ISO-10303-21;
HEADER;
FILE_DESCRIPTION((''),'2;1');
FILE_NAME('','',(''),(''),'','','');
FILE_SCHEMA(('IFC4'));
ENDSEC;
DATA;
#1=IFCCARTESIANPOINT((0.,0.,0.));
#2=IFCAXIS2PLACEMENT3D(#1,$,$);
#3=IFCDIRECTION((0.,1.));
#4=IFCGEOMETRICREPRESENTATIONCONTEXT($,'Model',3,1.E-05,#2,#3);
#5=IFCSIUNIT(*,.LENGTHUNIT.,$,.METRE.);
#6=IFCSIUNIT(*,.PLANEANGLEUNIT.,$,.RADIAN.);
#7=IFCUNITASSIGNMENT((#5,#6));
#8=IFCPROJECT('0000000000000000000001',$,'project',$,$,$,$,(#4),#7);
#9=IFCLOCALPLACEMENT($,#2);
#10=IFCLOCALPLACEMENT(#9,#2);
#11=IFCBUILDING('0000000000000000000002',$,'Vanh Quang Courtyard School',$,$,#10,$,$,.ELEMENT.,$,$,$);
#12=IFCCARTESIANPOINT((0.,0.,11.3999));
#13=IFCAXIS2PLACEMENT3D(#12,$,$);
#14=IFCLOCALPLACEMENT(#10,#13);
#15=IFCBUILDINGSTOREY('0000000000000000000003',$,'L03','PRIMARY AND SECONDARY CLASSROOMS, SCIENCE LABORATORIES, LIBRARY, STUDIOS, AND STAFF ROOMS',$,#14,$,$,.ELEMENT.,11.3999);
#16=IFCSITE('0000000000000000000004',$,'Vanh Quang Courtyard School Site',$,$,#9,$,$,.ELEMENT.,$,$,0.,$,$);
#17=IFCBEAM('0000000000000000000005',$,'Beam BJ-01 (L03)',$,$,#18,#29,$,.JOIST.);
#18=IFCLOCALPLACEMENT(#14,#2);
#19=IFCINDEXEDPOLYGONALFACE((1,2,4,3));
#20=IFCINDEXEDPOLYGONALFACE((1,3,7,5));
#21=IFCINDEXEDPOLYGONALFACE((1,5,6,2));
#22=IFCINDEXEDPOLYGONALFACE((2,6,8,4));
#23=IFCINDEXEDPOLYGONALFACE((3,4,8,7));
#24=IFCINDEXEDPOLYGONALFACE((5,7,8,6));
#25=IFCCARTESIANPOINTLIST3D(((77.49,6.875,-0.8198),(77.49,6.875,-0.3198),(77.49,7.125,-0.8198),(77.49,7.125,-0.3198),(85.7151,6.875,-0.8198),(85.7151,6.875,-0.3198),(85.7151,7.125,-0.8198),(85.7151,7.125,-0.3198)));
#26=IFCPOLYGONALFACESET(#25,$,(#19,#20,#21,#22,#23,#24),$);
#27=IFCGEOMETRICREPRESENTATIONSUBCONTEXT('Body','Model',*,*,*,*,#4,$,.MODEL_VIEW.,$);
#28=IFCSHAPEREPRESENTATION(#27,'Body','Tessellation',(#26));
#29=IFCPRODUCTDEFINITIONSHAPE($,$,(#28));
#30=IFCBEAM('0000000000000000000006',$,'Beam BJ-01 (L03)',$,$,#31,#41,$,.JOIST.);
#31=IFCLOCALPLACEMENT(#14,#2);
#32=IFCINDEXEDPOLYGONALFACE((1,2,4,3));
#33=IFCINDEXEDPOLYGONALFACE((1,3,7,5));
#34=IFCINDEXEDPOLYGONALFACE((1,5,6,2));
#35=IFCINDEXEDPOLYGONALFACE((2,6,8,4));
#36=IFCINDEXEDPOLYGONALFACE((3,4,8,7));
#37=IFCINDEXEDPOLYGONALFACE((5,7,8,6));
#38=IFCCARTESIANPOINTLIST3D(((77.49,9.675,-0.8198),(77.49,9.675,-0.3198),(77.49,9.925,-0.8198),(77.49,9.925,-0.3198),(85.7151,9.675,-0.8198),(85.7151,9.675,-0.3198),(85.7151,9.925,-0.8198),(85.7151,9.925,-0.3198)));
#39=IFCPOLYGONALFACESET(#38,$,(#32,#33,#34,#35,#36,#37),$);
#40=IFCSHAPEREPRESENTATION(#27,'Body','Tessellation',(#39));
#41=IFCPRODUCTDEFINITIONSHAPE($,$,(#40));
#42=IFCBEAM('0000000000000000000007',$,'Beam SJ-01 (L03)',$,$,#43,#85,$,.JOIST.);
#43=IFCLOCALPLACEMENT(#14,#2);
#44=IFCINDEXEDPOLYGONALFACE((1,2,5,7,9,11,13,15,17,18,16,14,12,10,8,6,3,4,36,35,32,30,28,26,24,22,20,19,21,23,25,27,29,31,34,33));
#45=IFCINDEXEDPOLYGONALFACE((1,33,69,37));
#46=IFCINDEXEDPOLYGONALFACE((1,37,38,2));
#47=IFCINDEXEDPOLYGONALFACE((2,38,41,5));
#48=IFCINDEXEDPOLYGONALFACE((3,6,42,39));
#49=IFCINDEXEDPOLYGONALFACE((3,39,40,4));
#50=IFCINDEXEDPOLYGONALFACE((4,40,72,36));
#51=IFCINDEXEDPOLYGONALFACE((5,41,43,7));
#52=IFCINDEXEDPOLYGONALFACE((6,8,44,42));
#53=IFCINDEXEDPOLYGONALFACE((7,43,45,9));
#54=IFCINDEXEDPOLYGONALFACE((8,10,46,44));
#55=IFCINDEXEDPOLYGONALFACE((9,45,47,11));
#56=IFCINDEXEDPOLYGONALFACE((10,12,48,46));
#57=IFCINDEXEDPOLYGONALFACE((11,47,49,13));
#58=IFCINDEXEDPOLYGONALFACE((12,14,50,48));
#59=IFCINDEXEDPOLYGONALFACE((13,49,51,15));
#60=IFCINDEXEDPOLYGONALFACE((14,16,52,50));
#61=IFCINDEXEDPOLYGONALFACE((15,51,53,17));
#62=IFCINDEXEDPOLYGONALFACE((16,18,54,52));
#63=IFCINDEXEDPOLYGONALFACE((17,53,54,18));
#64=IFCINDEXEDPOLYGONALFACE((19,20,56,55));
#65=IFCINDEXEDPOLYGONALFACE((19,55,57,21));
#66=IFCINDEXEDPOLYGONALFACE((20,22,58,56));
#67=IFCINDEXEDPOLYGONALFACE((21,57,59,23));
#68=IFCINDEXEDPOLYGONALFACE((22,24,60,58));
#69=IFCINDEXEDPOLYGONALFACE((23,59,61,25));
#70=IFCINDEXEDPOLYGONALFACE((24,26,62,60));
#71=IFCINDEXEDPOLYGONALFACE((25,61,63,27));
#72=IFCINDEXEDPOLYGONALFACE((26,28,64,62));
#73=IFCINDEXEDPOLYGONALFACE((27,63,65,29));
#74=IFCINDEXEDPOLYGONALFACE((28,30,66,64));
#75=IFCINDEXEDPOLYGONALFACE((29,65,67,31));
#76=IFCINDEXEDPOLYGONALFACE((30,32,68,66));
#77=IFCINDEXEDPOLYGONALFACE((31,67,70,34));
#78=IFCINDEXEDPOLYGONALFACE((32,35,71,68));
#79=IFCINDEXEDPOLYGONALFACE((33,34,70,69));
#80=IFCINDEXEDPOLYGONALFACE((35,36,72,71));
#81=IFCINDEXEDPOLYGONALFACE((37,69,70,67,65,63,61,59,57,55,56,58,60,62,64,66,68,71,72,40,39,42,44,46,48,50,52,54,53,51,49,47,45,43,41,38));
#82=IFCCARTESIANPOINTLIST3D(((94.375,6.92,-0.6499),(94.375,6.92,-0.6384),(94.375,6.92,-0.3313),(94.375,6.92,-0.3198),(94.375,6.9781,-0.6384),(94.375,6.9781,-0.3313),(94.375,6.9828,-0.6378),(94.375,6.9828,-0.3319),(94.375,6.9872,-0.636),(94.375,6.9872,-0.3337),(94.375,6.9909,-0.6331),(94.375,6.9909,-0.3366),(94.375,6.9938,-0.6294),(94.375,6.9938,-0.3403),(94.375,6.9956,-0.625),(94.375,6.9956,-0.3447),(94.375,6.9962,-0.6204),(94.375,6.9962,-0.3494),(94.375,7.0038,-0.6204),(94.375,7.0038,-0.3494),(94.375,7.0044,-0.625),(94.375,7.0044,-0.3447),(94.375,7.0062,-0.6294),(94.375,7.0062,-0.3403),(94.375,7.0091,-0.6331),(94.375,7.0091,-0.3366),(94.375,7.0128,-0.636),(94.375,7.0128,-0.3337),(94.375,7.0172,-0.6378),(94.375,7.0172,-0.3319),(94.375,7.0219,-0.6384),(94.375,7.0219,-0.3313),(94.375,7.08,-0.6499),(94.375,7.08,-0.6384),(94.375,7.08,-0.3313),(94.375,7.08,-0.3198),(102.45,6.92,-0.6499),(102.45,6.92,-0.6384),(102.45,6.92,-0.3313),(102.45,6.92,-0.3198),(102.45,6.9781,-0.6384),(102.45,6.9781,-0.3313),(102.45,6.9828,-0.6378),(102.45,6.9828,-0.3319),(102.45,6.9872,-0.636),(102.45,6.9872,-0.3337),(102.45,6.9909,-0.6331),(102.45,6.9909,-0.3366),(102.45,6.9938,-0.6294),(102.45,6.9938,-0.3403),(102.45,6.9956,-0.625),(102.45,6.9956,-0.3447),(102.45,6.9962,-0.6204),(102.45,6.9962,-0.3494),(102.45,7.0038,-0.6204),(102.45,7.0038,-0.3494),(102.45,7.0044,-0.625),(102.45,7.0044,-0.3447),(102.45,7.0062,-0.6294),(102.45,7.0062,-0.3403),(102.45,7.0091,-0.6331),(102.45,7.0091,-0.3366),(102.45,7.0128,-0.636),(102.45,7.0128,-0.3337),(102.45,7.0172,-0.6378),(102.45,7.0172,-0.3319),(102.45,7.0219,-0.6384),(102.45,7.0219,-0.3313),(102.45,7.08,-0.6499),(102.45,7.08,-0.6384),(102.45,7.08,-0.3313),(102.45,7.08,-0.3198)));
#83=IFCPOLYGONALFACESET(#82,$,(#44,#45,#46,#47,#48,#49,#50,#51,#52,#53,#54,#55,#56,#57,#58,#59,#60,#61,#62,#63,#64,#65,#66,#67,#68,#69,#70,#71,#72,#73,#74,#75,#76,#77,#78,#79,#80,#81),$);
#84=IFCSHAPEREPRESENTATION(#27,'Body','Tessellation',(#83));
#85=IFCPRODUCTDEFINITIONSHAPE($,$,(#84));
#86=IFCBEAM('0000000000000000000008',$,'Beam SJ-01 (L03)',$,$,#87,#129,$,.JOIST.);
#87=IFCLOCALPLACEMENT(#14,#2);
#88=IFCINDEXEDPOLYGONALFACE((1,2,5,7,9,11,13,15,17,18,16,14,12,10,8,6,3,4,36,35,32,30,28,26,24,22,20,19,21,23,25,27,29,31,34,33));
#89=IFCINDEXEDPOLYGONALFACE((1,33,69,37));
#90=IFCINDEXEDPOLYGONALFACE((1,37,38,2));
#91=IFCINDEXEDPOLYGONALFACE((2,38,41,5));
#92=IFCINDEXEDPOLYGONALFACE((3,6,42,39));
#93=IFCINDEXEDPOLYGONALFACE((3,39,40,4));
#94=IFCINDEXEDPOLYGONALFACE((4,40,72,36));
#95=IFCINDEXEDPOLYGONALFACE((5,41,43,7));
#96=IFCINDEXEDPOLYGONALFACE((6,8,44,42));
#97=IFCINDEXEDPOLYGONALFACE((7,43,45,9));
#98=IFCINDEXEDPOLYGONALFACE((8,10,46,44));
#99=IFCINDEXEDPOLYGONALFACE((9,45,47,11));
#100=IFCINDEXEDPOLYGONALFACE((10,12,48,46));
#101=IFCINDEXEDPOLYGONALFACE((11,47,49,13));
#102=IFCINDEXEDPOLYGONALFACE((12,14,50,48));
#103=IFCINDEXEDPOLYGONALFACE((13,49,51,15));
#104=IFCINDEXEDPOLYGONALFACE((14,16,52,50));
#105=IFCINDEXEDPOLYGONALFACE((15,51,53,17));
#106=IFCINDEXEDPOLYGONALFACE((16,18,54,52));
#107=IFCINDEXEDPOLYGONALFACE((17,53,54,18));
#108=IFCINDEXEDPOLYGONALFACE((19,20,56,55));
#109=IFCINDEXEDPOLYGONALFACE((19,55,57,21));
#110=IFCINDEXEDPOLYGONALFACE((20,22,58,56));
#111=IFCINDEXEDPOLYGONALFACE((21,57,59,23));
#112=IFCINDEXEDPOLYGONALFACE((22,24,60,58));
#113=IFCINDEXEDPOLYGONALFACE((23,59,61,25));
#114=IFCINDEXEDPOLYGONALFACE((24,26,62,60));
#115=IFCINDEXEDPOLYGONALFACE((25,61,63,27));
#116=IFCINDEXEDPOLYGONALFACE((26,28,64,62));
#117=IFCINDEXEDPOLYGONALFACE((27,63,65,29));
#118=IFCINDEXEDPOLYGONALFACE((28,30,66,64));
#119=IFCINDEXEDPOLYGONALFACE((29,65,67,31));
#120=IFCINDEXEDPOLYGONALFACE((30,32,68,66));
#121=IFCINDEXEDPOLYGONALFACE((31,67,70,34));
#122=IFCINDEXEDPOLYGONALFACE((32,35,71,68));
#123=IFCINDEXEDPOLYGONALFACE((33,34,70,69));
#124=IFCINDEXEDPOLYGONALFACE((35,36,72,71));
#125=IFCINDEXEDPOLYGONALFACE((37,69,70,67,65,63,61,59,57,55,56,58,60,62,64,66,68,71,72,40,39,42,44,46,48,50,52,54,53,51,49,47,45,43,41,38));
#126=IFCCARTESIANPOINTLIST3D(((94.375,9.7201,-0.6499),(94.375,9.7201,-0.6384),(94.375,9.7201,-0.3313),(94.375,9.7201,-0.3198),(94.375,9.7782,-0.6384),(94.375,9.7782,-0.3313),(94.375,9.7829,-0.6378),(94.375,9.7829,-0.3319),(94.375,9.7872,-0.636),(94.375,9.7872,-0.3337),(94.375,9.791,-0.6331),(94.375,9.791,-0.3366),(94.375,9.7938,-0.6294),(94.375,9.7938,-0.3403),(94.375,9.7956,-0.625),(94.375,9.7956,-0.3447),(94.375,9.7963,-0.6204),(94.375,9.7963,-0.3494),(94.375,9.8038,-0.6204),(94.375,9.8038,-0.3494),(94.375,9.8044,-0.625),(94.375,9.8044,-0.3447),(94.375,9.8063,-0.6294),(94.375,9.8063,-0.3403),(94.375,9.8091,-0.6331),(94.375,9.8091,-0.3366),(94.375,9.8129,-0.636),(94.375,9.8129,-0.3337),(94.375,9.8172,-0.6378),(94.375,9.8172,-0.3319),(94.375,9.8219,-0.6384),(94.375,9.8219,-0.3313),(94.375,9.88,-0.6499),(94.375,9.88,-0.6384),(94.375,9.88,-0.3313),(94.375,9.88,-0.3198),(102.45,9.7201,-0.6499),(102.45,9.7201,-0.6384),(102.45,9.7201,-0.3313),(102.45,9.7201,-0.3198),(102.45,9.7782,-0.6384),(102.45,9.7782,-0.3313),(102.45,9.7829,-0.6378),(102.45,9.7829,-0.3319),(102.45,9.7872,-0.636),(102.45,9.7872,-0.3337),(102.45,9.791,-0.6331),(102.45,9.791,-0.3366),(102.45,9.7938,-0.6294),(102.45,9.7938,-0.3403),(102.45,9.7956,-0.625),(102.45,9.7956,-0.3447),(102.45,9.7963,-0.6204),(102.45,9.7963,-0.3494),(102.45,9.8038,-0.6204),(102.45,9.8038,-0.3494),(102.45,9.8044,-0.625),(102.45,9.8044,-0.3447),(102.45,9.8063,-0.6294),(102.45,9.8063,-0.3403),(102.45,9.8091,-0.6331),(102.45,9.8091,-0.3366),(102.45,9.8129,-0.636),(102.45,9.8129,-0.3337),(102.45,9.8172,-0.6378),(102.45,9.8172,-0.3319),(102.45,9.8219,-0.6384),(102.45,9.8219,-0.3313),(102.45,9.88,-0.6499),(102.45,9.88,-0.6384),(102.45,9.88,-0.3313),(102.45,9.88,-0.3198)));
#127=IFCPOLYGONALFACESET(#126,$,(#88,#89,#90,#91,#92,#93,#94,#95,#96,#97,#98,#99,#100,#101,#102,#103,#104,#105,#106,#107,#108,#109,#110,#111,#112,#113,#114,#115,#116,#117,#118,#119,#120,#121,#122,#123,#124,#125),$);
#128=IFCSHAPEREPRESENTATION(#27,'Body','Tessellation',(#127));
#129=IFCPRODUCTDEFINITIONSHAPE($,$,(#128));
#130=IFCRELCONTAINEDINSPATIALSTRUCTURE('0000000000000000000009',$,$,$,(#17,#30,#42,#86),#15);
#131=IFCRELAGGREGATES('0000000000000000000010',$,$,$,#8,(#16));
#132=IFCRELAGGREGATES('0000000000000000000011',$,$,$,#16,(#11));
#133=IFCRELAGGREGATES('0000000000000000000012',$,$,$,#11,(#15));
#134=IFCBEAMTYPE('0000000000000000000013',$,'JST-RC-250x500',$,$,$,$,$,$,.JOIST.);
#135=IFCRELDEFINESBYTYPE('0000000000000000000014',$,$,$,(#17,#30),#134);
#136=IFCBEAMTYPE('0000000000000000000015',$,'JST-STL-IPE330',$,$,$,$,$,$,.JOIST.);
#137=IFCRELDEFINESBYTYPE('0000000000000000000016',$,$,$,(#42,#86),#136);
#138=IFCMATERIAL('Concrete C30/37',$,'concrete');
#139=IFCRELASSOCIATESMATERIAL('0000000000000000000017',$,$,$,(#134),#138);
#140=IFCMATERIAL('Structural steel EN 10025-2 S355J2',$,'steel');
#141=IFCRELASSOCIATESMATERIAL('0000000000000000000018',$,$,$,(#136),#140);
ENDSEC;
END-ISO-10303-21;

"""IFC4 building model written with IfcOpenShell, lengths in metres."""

from ifc_helpers import new_model, si_unit, direction, frame, origin, origin_2d, place, context, subcontext, project, spatial, rectangle, i_section, extrude, material, material_profile, profile_set, type_object, element, save


model = new_model("IFC4")

# Units and contexts
model_context = context("Model", 3, precision=1e-05, world=origin(), true_north=direction((0.0, 1.0)))
body_context = subcontext(model_context, "Body", "Model", "MODEL_VIEW")
ifc_project = project(units=[si_unit("LENGTHUNIT", "METRE"), si_unit("PLANEANGLEUNIT", "RADIAN")], contexts=[model_context])

# Site, building, storey
site_placement = place(None, origin())
site = spatial("IfcSite", under=ifc_project, at=site_placement, Name="Vanh Quang Courtyard School Site", CompositionType="ELEMENT", RefElevation=0.0)
building_placement = place(site_placement, origin())
building = spatial("IfcBuilding", under=site, at=building_placement, Name="Vanh Quang Courtyard School", CompositionType="ELEMENT")
storey_placement = place(building_placement, frame((0.0, 0.0, 11.3999)))
storey = spatial("IfcBuildingStorey", under=building, at=storey_placement, Name="L03", Description="PRIMARY AND SECONDARY CLASSROOMS, SCIENCE LABORATORIES, LIBRARY, STUDIOS, AND STAFF ROOMS", CompositionType="ELEMENT", Elevation=11.3999)

# Beams
ifc_material_1 = material(Name="Structural steel EN 10025-2 S355J2", Category="steel")
ifc_material_2 = material(Name="Concrete C30/37", Category="concrete")
ifc_material_profile_1 = material_profile(ifc_material_2, rectangle(XDim=0.25, YDim=0.5, at=origin_2d()), Name="RC-JST 250x500")
ifc_profile_set_1 = profile_set([ifc_material_profile_1], Name="Concrete C30/37")
beam_type_1 = type_object("IfcBeamType", Name="JST-RC-250x500", PredefinedType="JOIST", material=ifc_profile_set_1)
for number, where, z_axis, x_axis, name in (
    (1, (77.49, 7.0, -0.5698), (1.0, 0.0, 0.0), (0.0, 1.0, 0.0), "Beam BJ-01 (L03)"),
    (2, (77.49, 9.8, -0.5698), (1.0, 0.0, 0.0), (0.0, 1.0, 0.0), "Beam BJ-01 (L03)"),
):
    element("IfcBeam", number, at=place(storey_placement, frame(where, z_axis=z_axis, x_axis=x_axis)), inside=storey, type_object=beam_type_1, Name=name, PredefinedType="JOIST", context=body_context, shape_type="SweptSolid", body=[
        extrude(rectangle(XDim=0.25, YDim=0.5, at=origin_2d()), origin(), (0.0, 0.0, 1.0), 8.2251),
    ])
ifc_material_profile_2 = material_profile(ifc_material_1, i_section(OverallWidth=0.1599, OverallDepth=0.3301, WebThickness=0.0076, FlangeThickness=0.0115, FilletRadius=0.0181, at=origin_2d()), Name="IPE 330")
ifc_profile_set_2 = profile_set([ifc_material_profile_2], Name="Structural steel EN 10025-2 S355J2")
beam_type_2 = type_object("IfcBeamType", Name="JST-STL-IPE330", PredefinedType="JOIST", material=ifc_profile_set_2)
for number, where, z_axis, x_axis, name in (
    (3, (94.375, 7.0, -0.4849), (1.0, 0.0, 0.0), (0.0, 1.0, 0.0), "Beam SJ-01 (L03)"),
    (4, (94.375, 9.8, -0.4849), (1.0, 0.0, 0.0), (0.0, 1.0, 0.0), "Beam SJ-01 (L03)"),
):
    element("IfcBeam", number, at=place(storey_placement, frame(where, z_axis=z_axis, x_axis=x_axis)), inside=storey, type_object=beam_type_2, Name=name, PredefinedType="JOIST", context=body_context, shape_type="SweptSolid", body=[
        extrude(i_section(OverallWidth=0.1599, OverallDepth=0.3301, WebThickness=0.0076, FlangeThickness=0.0115, FilletRadius=0.0181, at=origin_2d()), origin(), (0.0, 0.0, 1.0), 8.075),
    ])

save(model, "model.ifc")
